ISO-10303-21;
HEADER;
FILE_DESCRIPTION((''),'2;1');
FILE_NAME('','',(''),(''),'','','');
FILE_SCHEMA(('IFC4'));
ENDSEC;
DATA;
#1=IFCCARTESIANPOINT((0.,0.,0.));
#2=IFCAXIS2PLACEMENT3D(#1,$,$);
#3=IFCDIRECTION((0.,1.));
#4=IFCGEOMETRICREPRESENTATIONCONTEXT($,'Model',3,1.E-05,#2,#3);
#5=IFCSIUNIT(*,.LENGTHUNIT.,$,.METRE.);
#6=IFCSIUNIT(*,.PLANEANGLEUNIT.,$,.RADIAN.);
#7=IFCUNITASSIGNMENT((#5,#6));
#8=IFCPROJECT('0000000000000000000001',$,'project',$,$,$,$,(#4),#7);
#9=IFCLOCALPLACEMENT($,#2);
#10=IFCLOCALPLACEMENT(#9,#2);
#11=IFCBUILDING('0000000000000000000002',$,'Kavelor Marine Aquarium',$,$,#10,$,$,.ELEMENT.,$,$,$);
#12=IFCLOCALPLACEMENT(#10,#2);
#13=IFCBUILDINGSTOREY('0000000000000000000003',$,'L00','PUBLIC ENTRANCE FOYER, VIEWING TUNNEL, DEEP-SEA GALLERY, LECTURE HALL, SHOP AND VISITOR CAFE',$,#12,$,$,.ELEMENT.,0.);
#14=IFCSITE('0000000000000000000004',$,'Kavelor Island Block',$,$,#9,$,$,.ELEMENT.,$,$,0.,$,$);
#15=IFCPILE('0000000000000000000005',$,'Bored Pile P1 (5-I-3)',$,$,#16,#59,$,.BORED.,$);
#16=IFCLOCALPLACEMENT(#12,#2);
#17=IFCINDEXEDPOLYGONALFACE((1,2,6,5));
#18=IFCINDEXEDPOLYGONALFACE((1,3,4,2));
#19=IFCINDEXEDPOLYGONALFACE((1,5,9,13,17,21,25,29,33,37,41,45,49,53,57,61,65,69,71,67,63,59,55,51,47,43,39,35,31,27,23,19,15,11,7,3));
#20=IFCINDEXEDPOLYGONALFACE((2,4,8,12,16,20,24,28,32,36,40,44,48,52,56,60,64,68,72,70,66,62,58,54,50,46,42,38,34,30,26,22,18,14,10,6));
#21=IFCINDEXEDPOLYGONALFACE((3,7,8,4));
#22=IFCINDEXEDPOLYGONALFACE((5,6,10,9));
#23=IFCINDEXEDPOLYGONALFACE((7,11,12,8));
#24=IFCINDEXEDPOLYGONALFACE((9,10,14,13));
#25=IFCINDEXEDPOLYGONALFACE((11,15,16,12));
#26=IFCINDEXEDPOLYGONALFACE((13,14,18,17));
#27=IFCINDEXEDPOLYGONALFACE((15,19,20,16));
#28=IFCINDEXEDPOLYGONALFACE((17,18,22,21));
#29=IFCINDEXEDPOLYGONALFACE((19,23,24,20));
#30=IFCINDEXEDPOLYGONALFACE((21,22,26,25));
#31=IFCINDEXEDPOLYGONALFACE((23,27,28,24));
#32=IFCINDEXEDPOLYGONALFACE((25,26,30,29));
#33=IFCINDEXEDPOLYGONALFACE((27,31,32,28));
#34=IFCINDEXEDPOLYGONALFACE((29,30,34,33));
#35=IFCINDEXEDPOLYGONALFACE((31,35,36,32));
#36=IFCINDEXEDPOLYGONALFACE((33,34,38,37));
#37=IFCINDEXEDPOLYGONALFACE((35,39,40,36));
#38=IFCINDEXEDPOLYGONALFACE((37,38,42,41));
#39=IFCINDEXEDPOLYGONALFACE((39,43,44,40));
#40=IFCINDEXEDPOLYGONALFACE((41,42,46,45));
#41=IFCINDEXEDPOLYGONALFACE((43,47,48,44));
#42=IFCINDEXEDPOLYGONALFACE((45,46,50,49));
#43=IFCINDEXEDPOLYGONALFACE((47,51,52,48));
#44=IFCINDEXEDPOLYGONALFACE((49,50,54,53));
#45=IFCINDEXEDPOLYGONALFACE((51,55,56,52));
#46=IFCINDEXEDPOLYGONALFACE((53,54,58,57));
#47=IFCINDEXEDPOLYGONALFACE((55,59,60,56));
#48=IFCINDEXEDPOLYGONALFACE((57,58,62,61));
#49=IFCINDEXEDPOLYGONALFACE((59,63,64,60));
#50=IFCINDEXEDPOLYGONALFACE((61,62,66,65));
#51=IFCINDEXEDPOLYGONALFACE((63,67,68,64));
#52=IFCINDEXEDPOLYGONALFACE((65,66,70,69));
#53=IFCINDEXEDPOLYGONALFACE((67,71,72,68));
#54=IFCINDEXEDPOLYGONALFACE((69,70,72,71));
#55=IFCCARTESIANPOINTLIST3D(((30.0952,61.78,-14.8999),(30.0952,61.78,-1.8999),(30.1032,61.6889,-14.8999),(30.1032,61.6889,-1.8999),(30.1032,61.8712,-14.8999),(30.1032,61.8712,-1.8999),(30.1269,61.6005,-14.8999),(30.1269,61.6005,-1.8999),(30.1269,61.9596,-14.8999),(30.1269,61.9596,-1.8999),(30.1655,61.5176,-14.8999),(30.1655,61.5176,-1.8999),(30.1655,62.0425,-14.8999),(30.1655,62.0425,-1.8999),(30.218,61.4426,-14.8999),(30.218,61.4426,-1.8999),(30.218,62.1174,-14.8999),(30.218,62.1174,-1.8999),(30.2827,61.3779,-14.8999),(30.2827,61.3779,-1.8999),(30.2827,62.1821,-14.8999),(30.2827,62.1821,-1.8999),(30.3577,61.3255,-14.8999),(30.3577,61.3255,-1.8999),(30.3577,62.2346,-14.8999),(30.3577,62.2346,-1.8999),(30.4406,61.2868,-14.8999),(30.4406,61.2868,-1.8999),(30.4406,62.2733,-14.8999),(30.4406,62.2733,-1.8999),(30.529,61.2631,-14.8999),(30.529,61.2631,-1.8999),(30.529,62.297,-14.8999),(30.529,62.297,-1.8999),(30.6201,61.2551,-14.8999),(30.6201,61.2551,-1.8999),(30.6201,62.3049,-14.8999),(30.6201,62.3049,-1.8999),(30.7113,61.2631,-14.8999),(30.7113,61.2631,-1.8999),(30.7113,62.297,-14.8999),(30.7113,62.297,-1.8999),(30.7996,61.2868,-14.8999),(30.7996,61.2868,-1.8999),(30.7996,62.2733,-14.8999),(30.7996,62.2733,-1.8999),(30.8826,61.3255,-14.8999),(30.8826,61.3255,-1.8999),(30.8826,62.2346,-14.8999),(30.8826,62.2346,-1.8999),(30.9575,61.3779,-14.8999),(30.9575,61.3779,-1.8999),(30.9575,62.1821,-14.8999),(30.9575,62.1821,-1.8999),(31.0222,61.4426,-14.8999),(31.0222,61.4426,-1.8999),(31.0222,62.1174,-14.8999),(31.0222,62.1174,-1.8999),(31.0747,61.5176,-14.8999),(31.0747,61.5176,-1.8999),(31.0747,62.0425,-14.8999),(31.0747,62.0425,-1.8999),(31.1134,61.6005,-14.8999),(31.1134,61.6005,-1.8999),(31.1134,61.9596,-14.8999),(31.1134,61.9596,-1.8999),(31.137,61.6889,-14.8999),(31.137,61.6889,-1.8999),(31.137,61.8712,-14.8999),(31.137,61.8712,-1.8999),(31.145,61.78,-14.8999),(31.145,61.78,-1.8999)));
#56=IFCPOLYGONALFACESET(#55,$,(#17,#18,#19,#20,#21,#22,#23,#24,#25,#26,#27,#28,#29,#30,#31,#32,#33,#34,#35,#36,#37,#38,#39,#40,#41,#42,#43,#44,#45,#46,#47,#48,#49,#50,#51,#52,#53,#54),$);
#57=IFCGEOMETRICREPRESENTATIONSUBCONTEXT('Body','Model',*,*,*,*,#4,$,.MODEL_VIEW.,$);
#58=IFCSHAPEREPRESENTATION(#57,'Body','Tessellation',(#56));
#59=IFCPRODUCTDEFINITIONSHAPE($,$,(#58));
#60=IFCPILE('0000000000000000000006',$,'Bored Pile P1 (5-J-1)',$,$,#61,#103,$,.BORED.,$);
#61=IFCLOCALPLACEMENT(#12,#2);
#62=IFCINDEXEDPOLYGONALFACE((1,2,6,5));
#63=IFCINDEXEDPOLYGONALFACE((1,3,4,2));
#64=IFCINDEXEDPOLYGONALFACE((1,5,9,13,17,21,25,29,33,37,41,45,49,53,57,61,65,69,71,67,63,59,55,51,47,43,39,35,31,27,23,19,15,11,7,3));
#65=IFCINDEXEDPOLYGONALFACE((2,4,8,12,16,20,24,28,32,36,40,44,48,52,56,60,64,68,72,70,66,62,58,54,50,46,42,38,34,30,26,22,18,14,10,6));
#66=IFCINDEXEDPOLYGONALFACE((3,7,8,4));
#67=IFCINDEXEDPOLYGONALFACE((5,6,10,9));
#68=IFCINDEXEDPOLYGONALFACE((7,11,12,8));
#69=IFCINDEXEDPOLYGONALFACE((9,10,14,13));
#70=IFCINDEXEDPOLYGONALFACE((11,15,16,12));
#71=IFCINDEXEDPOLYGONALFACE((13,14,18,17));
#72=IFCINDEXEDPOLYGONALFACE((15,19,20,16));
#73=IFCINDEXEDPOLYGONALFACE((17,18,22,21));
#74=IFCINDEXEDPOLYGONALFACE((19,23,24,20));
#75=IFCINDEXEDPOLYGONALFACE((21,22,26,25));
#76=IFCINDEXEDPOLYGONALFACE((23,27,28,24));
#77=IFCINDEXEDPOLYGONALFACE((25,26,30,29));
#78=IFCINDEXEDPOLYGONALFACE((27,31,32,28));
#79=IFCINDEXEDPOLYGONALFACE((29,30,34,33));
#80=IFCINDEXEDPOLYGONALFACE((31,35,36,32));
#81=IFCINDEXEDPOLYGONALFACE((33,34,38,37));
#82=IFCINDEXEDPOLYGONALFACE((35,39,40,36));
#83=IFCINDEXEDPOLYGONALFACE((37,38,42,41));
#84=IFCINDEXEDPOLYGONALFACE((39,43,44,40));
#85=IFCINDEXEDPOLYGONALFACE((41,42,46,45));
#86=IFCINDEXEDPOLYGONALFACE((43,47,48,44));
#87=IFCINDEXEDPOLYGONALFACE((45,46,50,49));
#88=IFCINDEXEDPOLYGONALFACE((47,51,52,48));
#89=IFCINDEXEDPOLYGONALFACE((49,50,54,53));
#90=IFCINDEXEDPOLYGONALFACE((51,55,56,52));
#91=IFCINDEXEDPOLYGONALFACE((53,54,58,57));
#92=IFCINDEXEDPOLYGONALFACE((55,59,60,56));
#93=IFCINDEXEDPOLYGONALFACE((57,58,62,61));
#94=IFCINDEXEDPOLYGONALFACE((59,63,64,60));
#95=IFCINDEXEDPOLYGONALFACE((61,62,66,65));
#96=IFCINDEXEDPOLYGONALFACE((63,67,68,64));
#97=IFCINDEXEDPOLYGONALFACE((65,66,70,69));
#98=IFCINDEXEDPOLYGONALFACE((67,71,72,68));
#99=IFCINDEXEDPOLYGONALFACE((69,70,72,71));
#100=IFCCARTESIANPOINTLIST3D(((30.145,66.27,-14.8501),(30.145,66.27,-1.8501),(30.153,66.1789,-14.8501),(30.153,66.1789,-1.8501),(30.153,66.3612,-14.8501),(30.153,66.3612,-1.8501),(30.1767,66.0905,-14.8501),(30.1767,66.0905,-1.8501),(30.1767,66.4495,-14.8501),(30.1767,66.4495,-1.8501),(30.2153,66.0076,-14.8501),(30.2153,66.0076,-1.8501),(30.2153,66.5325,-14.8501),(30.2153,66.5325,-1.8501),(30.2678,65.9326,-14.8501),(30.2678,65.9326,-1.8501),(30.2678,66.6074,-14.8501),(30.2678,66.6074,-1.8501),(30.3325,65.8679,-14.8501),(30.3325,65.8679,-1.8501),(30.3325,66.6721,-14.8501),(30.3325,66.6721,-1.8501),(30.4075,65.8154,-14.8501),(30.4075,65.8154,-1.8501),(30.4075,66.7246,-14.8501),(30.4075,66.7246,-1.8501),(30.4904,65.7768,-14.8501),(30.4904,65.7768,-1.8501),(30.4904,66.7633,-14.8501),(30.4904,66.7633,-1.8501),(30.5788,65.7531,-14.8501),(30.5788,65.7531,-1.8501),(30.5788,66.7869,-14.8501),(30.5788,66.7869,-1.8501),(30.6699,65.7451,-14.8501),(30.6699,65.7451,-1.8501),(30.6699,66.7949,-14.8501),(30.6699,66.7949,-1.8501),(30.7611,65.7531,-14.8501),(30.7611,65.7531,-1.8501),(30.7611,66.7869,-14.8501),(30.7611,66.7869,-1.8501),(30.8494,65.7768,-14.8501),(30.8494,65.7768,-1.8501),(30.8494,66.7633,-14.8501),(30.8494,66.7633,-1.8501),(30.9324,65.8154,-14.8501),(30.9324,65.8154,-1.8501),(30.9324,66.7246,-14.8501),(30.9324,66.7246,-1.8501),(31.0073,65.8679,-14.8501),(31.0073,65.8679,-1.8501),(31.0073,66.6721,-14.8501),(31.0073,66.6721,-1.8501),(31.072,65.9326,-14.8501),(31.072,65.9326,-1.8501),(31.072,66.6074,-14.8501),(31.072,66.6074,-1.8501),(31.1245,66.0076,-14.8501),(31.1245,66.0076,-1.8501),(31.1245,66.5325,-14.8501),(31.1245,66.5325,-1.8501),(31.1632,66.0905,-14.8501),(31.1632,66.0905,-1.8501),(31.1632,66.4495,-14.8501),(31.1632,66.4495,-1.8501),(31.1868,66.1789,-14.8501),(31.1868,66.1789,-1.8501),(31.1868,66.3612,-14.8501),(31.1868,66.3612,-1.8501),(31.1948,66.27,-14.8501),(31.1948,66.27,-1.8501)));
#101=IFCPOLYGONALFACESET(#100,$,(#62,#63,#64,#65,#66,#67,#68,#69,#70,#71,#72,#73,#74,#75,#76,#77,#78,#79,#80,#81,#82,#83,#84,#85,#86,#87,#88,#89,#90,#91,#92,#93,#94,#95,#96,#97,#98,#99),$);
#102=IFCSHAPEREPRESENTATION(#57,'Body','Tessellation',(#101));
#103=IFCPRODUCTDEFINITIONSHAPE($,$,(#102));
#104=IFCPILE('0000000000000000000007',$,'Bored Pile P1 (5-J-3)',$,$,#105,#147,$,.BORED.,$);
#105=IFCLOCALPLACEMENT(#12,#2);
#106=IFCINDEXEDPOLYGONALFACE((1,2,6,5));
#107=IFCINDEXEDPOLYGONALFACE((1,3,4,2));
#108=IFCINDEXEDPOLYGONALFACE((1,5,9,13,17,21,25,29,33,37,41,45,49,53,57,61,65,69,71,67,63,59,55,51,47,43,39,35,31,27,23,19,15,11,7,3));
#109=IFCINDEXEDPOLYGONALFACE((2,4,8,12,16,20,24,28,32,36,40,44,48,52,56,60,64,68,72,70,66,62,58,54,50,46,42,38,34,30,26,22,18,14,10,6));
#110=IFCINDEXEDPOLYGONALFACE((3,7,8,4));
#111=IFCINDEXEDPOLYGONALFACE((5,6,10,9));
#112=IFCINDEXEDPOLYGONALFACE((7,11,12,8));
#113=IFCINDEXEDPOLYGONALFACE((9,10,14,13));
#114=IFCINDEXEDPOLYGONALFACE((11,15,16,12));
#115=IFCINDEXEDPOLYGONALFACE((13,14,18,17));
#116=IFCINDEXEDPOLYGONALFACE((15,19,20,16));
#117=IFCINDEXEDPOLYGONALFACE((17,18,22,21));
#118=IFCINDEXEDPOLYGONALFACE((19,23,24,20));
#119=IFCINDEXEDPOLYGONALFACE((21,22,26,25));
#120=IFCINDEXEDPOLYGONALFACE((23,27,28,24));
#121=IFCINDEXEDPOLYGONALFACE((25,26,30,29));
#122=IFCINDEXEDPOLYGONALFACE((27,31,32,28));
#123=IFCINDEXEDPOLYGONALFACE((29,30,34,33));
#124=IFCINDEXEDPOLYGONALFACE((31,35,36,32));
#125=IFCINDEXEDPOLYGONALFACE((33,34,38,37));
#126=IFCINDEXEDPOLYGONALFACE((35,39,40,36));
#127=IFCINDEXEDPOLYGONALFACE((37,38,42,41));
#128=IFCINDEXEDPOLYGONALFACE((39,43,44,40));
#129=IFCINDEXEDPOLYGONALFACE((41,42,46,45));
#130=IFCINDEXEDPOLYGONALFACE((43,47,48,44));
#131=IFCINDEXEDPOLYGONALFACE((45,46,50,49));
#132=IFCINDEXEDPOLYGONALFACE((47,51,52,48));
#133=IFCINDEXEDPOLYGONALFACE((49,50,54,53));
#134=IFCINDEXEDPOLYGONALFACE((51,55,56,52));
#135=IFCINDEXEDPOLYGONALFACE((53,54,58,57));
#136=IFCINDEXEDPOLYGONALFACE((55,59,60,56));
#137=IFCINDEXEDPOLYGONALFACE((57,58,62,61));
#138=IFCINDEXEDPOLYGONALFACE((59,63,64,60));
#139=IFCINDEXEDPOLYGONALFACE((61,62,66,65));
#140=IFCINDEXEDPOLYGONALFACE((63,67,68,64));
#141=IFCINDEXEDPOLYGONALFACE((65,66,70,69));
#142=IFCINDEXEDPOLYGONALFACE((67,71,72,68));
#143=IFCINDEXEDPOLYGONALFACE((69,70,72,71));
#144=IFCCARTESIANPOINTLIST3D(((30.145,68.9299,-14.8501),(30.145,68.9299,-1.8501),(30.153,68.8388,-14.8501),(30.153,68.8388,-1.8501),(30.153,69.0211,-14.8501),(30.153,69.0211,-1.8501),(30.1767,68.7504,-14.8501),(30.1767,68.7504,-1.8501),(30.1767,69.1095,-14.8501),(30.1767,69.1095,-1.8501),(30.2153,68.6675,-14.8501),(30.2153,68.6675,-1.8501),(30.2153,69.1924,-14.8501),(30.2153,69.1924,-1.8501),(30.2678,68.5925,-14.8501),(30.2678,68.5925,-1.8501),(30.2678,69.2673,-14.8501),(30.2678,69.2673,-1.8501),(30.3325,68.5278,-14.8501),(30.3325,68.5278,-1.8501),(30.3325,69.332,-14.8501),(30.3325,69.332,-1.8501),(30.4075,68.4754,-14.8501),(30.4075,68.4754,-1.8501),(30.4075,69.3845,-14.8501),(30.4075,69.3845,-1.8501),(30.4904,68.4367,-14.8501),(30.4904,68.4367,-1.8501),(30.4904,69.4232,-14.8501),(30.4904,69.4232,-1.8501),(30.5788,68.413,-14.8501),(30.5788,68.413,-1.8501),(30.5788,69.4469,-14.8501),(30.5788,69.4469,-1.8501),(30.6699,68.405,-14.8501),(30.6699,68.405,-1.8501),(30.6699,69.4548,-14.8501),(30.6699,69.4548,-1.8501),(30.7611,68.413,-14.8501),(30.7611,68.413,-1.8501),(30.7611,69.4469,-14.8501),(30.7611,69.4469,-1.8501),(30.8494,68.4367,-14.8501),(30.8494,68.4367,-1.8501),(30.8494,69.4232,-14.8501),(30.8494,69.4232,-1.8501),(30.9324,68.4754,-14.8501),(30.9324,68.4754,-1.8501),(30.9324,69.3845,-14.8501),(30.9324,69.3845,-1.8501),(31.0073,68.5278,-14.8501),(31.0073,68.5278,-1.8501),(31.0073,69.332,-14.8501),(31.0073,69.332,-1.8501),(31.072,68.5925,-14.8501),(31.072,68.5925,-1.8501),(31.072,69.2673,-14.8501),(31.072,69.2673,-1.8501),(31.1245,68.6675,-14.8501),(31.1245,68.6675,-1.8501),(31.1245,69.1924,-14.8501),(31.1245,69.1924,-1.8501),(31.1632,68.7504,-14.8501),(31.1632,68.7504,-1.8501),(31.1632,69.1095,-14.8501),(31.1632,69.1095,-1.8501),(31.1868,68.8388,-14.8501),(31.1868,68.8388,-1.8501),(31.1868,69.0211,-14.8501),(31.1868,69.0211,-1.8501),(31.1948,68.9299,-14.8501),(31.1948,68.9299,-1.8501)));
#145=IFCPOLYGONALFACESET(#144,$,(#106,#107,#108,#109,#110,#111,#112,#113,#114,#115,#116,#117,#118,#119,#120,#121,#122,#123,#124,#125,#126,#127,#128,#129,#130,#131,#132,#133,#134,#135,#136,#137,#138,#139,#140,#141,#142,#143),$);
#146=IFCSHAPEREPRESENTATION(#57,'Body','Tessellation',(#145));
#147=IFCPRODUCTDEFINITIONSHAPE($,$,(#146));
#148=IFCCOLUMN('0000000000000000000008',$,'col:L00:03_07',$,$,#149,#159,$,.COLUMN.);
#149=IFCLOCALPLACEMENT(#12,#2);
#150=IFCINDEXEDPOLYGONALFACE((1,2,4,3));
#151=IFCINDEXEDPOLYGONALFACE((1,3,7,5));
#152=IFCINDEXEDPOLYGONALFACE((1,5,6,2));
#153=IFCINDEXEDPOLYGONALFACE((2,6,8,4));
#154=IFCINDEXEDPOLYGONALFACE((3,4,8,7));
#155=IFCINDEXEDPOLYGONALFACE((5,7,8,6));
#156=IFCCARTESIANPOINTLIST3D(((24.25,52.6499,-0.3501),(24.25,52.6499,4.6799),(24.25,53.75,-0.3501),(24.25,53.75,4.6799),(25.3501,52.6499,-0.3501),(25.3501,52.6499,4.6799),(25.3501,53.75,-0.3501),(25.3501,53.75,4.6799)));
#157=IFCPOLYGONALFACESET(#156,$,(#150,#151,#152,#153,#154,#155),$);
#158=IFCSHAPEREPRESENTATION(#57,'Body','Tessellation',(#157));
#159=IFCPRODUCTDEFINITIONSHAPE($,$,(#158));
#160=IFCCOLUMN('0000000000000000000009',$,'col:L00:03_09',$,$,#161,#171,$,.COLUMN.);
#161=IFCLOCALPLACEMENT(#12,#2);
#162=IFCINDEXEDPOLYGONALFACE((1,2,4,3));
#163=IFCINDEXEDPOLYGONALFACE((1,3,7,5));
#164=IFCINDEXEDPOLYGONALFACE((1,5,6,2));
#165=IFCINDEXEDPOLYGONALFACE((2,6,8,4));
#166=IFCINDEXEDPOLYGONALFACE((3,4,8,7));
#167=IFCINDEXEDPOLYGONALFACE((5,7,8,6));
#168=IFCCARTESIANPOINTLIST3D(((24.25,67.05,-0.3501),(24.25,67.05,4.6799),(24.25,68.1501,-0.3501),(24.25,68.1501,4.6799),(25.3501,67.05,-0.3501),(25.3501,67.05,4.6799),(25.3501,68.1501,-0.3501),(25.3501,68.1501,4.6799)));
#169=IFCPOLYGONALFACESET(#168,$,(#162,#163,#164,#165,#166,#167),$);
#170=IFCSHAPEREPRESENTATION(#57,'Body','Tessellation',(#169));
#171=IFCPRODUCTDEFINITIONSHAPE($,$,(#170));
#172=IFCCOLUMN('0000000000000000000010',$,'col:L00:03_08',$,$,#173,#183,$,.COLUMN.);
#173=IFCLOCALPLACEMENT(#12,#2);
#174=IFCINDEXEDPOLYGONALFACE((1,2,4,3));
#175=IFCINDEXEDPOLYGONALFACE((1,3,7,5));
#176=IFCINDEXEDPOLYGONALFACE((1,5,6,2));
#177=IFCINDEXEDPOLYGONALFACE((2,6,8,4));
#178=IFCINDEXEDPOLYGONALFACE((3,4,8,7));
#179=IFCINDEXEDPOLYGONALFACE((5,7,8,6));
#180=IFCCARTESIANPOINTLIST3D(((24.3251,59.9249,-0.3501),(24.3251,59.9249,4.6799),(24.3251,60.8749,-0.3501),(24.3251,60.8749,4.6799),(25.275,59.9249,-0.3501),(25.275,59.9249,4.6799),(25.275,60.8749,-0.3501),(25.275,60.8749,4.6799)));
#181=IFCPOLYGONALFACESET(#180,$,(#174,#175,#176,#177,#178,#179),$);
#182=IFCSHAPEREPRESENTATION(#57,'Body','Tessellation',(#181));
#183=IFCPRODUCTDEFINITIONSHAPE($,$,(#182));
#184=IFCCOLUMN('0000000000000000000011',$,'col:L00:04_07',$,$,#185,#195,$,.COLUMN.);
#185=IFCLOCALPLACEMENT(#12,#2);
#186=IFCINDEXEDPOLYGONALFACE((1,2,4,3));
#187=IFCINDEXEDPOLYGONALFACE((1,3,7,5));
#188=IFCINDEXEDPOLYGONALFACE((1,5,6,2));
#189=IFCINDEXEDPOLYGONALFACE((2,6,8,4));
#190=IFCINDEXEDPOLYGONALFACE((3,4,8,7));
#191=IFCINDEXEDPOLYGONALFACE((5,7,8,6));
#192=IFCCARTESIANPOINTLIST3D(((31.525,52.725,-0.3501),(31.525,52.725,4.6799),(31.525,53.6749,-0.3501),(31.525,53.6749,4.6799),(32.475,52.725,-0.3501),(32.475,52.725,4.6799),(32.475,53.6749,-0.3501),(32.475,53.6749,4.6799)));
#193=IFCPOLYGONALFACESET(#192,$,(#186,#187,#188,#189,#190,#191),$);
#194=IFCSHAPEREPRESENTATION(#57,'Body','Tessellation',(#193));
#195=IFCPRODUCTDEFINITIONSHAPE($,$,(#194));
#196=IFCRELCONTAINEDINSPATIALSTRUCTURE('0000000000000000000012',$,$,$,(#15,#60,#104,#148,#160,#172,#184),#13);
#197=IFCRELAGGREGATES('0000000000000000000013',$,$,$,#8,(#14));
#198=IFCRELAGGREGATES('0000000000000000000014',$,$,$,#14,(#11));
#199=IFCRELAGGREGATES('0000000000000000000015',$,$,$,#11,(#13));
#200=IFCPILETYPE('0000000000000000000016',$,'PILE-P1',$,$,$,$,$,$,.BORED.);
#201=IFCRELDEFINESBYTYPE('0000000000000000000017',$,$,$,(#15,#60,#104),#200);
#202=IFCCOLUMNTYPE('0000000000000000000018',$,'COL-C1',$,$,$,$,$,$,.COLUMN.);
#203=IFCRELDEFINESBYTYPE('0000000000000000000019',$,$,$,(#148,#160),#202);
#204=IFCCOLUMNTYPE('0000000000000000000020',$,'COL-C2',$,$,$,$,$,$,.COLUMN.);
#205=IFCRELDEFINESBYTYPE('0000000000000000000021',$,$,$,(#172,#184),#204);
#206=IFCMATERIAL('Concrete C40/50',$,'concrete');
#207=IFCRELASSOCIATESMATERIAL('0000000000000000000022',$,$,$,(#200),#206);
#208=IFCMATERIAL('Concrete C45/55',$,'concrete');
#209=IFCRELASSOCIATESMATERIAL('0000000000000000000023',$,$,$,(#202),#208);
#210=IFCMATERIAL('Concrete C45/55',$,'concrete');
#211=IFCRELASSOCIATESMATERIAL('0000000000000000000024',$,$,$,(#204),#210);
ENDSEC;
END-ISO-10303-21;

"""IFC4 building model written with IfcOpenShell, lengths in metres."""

from ifc_helpers import new_model, si_unit, direction, frame, origin, origin_2d, place, context, subcontext, project, spatial, rectangle, circle, extrude, material, material_profile, profile_set, type_object, element, save


model = new_model("IFC4")

# Units and contexts
model_context = context("Model", 3, precision=1e-05, world=origin(), true_north=direction((0.0, 1.0)))
body_context = subcontext(model_context, "Body", "Model", "MODEL_VIEW")
ifc_project = project(units=[si_unit("LENGTHUNIT", "METRE"), si_unit("PLANEANGLEUNIT", "RADIAN")], contexts=[model_context])

# Site, building, storey
site_placement = place(None, origin())
site = spatial("IfcSite", under=ifc_project, at=site_placement, Name="Kavelor Island Block", CompositionType="ELEMENT", RefElevation=0.0)
building_placement = place(site_placement, origin())
building = spatial("IfcBuilding", under=site, at=building_placement, Name="Kavelor Marine Aquarium", CompositionType="ELEMENT")
storey_placement = place(building_placement, origin())
storey = spatial("IfcBuildingStorey", under=building, at=storey_placement, Name="L00", Description="PUBLIC ENTRANCE FOYER, VIEWING TUNNEL, DEEP-SEA GALLERY, LECTURE HALL, SHOP AND VISITOR CAFE", CompositionType="ELEMENT", Elevation=0.0)

# Piles
ifc_material_1 = material(Name="Concrete C40/50", Category="concrete")
ifc_material_profile_1 = material_profile(ifc_material_1, circle(Radius=0.5249, at=origin_2d()), Name="PILE D1050")
ifc_profile_set_1 = profile_set([ifc_material_profile_1], Name="Concrete C40/50")
pile_type = type_object("IfcPileType", Name="PILE-P1", PredefinedType="BORED", material=ifc_profile_set_1)
for number, where, z_axis, x_axis, name in (
    (1, (30.6201, 61.78, -1.8999), (0.0, 0.0, -1.0), (1.0, 0.0, 0.0), "Bored Pile P1 (5-I-3)"),
    (2, (30.6699, 66.27, -1.8501), (0.0, 0.0, -1.0), (1.0, 0.0, 0.0), "Bored Pile P1 (5-J-1)"),
    (3, (30.6699, 68.9299, -1.8501), (0.0, 0.0, -1.0), (1.0, 0.0, 0.0), "Bored Pile P1 (5-J-3)"),
):
    element("IfcPile", number, at=place(storey_placement, frame(where, z_axis=z_axis, x_axis=x_axis)), inside=storey, type_object=pile_type, Name=name, PredefinedType="BORED", context=body_context, shape_type="SweptSolid", body=[
        extrude(circle(Radius=0.5249, at=origin_2d()), origin(), (0.0, 0.0, 1.0), 13.0),
    ])

# Columns
ifc_material_2 = material(Name="Concrete C45/55", Category="concrete")
ifc_material_profile_2 = material_profile(ifc_material_2, rectangle(XDim=1.1001, YDim=1.1001, at=origin_2d()), Name="RC-COL 1100x1100")
ifc_profile_set_2 = profile_set([ifc_material_profile_2], Name="Concrete C45/55")
column_type_1 = type_object("IfcColumnType", Name="COL-C1", PredefinedType="COLUMN", material=ifc_profile_set_2)
for number, where, z_axis, x_axis, name in (
    (4, (24.8, 53.2, -0.3501), (0.0, 0.0, 1.0), (1.0, 0.0, 0.0), "col:L00:03_07"),
    (5, (24.8, 67.6001, -0.3501), (0.0, 0.0, 1.0), (1.0, 0.0, 0.0), "col:L00:03_09"),
):
    element("IfcColumn", number, at=place(storey_placement, frame(where, z_axis=z_axis, x_axis=x_axis)), inside=storey, type_object=column_type_1, Name=name, PredefinedType="COLUMN", context=body_context, shape_type="SweptSolid", body=[
        extrude(rectangle(XDim=1.1001, YDim=1.1001, at=origin_2d()), origin(), (0.0, 0.0, 1.0), 5.03),
    ])
ifc_material_3 = material(Name="Concrete C45/55", Category="concrete")
ifc_material_profile_3 = material_profile(ifc_material_3, rectangle(XDim=0.95, YDim=0.95, at=origin_2d()), Name="RC-COL 950x950")
ifc_profile_set_3 = profile_set([ifc_material_profile_3], Name="Concrete C45/55")
column_type_2 = type_object("IfcColumnType", Name="COL-C2", PredefinedType="COLUMN", material=ifc_profile_set_3)
for number, where, z_axis, x_axis, name in (
    (6, (24.8, 60.3999, -0.3501), (0.0, 0.0, 1.0), (1.0, 0.0, 0.0), "col:L00:03_08"),
    (7, (32.0, 53.2, -0.3501), (0.0, 0.0, 1.0), (1.0, 0.0, 0.0), "col:L00:04_07"),
):
    element("IfcColumn", number, at=place(storey_placement, frame(where, z_axis=z_axis, x_axis=x_axis)), inside=storey, type_object=column_type_2, Name=name, PredefinedType="COLUMN", context=body_context, shape_type="SweptSolid", body=[
        extrude(rectangle(XDim=0.95, YDim=0.95, at=origin_2d()), origin(), (0.0, 0.0, 1.0), 5.03),
    ])

save(model, "model.ifc")
